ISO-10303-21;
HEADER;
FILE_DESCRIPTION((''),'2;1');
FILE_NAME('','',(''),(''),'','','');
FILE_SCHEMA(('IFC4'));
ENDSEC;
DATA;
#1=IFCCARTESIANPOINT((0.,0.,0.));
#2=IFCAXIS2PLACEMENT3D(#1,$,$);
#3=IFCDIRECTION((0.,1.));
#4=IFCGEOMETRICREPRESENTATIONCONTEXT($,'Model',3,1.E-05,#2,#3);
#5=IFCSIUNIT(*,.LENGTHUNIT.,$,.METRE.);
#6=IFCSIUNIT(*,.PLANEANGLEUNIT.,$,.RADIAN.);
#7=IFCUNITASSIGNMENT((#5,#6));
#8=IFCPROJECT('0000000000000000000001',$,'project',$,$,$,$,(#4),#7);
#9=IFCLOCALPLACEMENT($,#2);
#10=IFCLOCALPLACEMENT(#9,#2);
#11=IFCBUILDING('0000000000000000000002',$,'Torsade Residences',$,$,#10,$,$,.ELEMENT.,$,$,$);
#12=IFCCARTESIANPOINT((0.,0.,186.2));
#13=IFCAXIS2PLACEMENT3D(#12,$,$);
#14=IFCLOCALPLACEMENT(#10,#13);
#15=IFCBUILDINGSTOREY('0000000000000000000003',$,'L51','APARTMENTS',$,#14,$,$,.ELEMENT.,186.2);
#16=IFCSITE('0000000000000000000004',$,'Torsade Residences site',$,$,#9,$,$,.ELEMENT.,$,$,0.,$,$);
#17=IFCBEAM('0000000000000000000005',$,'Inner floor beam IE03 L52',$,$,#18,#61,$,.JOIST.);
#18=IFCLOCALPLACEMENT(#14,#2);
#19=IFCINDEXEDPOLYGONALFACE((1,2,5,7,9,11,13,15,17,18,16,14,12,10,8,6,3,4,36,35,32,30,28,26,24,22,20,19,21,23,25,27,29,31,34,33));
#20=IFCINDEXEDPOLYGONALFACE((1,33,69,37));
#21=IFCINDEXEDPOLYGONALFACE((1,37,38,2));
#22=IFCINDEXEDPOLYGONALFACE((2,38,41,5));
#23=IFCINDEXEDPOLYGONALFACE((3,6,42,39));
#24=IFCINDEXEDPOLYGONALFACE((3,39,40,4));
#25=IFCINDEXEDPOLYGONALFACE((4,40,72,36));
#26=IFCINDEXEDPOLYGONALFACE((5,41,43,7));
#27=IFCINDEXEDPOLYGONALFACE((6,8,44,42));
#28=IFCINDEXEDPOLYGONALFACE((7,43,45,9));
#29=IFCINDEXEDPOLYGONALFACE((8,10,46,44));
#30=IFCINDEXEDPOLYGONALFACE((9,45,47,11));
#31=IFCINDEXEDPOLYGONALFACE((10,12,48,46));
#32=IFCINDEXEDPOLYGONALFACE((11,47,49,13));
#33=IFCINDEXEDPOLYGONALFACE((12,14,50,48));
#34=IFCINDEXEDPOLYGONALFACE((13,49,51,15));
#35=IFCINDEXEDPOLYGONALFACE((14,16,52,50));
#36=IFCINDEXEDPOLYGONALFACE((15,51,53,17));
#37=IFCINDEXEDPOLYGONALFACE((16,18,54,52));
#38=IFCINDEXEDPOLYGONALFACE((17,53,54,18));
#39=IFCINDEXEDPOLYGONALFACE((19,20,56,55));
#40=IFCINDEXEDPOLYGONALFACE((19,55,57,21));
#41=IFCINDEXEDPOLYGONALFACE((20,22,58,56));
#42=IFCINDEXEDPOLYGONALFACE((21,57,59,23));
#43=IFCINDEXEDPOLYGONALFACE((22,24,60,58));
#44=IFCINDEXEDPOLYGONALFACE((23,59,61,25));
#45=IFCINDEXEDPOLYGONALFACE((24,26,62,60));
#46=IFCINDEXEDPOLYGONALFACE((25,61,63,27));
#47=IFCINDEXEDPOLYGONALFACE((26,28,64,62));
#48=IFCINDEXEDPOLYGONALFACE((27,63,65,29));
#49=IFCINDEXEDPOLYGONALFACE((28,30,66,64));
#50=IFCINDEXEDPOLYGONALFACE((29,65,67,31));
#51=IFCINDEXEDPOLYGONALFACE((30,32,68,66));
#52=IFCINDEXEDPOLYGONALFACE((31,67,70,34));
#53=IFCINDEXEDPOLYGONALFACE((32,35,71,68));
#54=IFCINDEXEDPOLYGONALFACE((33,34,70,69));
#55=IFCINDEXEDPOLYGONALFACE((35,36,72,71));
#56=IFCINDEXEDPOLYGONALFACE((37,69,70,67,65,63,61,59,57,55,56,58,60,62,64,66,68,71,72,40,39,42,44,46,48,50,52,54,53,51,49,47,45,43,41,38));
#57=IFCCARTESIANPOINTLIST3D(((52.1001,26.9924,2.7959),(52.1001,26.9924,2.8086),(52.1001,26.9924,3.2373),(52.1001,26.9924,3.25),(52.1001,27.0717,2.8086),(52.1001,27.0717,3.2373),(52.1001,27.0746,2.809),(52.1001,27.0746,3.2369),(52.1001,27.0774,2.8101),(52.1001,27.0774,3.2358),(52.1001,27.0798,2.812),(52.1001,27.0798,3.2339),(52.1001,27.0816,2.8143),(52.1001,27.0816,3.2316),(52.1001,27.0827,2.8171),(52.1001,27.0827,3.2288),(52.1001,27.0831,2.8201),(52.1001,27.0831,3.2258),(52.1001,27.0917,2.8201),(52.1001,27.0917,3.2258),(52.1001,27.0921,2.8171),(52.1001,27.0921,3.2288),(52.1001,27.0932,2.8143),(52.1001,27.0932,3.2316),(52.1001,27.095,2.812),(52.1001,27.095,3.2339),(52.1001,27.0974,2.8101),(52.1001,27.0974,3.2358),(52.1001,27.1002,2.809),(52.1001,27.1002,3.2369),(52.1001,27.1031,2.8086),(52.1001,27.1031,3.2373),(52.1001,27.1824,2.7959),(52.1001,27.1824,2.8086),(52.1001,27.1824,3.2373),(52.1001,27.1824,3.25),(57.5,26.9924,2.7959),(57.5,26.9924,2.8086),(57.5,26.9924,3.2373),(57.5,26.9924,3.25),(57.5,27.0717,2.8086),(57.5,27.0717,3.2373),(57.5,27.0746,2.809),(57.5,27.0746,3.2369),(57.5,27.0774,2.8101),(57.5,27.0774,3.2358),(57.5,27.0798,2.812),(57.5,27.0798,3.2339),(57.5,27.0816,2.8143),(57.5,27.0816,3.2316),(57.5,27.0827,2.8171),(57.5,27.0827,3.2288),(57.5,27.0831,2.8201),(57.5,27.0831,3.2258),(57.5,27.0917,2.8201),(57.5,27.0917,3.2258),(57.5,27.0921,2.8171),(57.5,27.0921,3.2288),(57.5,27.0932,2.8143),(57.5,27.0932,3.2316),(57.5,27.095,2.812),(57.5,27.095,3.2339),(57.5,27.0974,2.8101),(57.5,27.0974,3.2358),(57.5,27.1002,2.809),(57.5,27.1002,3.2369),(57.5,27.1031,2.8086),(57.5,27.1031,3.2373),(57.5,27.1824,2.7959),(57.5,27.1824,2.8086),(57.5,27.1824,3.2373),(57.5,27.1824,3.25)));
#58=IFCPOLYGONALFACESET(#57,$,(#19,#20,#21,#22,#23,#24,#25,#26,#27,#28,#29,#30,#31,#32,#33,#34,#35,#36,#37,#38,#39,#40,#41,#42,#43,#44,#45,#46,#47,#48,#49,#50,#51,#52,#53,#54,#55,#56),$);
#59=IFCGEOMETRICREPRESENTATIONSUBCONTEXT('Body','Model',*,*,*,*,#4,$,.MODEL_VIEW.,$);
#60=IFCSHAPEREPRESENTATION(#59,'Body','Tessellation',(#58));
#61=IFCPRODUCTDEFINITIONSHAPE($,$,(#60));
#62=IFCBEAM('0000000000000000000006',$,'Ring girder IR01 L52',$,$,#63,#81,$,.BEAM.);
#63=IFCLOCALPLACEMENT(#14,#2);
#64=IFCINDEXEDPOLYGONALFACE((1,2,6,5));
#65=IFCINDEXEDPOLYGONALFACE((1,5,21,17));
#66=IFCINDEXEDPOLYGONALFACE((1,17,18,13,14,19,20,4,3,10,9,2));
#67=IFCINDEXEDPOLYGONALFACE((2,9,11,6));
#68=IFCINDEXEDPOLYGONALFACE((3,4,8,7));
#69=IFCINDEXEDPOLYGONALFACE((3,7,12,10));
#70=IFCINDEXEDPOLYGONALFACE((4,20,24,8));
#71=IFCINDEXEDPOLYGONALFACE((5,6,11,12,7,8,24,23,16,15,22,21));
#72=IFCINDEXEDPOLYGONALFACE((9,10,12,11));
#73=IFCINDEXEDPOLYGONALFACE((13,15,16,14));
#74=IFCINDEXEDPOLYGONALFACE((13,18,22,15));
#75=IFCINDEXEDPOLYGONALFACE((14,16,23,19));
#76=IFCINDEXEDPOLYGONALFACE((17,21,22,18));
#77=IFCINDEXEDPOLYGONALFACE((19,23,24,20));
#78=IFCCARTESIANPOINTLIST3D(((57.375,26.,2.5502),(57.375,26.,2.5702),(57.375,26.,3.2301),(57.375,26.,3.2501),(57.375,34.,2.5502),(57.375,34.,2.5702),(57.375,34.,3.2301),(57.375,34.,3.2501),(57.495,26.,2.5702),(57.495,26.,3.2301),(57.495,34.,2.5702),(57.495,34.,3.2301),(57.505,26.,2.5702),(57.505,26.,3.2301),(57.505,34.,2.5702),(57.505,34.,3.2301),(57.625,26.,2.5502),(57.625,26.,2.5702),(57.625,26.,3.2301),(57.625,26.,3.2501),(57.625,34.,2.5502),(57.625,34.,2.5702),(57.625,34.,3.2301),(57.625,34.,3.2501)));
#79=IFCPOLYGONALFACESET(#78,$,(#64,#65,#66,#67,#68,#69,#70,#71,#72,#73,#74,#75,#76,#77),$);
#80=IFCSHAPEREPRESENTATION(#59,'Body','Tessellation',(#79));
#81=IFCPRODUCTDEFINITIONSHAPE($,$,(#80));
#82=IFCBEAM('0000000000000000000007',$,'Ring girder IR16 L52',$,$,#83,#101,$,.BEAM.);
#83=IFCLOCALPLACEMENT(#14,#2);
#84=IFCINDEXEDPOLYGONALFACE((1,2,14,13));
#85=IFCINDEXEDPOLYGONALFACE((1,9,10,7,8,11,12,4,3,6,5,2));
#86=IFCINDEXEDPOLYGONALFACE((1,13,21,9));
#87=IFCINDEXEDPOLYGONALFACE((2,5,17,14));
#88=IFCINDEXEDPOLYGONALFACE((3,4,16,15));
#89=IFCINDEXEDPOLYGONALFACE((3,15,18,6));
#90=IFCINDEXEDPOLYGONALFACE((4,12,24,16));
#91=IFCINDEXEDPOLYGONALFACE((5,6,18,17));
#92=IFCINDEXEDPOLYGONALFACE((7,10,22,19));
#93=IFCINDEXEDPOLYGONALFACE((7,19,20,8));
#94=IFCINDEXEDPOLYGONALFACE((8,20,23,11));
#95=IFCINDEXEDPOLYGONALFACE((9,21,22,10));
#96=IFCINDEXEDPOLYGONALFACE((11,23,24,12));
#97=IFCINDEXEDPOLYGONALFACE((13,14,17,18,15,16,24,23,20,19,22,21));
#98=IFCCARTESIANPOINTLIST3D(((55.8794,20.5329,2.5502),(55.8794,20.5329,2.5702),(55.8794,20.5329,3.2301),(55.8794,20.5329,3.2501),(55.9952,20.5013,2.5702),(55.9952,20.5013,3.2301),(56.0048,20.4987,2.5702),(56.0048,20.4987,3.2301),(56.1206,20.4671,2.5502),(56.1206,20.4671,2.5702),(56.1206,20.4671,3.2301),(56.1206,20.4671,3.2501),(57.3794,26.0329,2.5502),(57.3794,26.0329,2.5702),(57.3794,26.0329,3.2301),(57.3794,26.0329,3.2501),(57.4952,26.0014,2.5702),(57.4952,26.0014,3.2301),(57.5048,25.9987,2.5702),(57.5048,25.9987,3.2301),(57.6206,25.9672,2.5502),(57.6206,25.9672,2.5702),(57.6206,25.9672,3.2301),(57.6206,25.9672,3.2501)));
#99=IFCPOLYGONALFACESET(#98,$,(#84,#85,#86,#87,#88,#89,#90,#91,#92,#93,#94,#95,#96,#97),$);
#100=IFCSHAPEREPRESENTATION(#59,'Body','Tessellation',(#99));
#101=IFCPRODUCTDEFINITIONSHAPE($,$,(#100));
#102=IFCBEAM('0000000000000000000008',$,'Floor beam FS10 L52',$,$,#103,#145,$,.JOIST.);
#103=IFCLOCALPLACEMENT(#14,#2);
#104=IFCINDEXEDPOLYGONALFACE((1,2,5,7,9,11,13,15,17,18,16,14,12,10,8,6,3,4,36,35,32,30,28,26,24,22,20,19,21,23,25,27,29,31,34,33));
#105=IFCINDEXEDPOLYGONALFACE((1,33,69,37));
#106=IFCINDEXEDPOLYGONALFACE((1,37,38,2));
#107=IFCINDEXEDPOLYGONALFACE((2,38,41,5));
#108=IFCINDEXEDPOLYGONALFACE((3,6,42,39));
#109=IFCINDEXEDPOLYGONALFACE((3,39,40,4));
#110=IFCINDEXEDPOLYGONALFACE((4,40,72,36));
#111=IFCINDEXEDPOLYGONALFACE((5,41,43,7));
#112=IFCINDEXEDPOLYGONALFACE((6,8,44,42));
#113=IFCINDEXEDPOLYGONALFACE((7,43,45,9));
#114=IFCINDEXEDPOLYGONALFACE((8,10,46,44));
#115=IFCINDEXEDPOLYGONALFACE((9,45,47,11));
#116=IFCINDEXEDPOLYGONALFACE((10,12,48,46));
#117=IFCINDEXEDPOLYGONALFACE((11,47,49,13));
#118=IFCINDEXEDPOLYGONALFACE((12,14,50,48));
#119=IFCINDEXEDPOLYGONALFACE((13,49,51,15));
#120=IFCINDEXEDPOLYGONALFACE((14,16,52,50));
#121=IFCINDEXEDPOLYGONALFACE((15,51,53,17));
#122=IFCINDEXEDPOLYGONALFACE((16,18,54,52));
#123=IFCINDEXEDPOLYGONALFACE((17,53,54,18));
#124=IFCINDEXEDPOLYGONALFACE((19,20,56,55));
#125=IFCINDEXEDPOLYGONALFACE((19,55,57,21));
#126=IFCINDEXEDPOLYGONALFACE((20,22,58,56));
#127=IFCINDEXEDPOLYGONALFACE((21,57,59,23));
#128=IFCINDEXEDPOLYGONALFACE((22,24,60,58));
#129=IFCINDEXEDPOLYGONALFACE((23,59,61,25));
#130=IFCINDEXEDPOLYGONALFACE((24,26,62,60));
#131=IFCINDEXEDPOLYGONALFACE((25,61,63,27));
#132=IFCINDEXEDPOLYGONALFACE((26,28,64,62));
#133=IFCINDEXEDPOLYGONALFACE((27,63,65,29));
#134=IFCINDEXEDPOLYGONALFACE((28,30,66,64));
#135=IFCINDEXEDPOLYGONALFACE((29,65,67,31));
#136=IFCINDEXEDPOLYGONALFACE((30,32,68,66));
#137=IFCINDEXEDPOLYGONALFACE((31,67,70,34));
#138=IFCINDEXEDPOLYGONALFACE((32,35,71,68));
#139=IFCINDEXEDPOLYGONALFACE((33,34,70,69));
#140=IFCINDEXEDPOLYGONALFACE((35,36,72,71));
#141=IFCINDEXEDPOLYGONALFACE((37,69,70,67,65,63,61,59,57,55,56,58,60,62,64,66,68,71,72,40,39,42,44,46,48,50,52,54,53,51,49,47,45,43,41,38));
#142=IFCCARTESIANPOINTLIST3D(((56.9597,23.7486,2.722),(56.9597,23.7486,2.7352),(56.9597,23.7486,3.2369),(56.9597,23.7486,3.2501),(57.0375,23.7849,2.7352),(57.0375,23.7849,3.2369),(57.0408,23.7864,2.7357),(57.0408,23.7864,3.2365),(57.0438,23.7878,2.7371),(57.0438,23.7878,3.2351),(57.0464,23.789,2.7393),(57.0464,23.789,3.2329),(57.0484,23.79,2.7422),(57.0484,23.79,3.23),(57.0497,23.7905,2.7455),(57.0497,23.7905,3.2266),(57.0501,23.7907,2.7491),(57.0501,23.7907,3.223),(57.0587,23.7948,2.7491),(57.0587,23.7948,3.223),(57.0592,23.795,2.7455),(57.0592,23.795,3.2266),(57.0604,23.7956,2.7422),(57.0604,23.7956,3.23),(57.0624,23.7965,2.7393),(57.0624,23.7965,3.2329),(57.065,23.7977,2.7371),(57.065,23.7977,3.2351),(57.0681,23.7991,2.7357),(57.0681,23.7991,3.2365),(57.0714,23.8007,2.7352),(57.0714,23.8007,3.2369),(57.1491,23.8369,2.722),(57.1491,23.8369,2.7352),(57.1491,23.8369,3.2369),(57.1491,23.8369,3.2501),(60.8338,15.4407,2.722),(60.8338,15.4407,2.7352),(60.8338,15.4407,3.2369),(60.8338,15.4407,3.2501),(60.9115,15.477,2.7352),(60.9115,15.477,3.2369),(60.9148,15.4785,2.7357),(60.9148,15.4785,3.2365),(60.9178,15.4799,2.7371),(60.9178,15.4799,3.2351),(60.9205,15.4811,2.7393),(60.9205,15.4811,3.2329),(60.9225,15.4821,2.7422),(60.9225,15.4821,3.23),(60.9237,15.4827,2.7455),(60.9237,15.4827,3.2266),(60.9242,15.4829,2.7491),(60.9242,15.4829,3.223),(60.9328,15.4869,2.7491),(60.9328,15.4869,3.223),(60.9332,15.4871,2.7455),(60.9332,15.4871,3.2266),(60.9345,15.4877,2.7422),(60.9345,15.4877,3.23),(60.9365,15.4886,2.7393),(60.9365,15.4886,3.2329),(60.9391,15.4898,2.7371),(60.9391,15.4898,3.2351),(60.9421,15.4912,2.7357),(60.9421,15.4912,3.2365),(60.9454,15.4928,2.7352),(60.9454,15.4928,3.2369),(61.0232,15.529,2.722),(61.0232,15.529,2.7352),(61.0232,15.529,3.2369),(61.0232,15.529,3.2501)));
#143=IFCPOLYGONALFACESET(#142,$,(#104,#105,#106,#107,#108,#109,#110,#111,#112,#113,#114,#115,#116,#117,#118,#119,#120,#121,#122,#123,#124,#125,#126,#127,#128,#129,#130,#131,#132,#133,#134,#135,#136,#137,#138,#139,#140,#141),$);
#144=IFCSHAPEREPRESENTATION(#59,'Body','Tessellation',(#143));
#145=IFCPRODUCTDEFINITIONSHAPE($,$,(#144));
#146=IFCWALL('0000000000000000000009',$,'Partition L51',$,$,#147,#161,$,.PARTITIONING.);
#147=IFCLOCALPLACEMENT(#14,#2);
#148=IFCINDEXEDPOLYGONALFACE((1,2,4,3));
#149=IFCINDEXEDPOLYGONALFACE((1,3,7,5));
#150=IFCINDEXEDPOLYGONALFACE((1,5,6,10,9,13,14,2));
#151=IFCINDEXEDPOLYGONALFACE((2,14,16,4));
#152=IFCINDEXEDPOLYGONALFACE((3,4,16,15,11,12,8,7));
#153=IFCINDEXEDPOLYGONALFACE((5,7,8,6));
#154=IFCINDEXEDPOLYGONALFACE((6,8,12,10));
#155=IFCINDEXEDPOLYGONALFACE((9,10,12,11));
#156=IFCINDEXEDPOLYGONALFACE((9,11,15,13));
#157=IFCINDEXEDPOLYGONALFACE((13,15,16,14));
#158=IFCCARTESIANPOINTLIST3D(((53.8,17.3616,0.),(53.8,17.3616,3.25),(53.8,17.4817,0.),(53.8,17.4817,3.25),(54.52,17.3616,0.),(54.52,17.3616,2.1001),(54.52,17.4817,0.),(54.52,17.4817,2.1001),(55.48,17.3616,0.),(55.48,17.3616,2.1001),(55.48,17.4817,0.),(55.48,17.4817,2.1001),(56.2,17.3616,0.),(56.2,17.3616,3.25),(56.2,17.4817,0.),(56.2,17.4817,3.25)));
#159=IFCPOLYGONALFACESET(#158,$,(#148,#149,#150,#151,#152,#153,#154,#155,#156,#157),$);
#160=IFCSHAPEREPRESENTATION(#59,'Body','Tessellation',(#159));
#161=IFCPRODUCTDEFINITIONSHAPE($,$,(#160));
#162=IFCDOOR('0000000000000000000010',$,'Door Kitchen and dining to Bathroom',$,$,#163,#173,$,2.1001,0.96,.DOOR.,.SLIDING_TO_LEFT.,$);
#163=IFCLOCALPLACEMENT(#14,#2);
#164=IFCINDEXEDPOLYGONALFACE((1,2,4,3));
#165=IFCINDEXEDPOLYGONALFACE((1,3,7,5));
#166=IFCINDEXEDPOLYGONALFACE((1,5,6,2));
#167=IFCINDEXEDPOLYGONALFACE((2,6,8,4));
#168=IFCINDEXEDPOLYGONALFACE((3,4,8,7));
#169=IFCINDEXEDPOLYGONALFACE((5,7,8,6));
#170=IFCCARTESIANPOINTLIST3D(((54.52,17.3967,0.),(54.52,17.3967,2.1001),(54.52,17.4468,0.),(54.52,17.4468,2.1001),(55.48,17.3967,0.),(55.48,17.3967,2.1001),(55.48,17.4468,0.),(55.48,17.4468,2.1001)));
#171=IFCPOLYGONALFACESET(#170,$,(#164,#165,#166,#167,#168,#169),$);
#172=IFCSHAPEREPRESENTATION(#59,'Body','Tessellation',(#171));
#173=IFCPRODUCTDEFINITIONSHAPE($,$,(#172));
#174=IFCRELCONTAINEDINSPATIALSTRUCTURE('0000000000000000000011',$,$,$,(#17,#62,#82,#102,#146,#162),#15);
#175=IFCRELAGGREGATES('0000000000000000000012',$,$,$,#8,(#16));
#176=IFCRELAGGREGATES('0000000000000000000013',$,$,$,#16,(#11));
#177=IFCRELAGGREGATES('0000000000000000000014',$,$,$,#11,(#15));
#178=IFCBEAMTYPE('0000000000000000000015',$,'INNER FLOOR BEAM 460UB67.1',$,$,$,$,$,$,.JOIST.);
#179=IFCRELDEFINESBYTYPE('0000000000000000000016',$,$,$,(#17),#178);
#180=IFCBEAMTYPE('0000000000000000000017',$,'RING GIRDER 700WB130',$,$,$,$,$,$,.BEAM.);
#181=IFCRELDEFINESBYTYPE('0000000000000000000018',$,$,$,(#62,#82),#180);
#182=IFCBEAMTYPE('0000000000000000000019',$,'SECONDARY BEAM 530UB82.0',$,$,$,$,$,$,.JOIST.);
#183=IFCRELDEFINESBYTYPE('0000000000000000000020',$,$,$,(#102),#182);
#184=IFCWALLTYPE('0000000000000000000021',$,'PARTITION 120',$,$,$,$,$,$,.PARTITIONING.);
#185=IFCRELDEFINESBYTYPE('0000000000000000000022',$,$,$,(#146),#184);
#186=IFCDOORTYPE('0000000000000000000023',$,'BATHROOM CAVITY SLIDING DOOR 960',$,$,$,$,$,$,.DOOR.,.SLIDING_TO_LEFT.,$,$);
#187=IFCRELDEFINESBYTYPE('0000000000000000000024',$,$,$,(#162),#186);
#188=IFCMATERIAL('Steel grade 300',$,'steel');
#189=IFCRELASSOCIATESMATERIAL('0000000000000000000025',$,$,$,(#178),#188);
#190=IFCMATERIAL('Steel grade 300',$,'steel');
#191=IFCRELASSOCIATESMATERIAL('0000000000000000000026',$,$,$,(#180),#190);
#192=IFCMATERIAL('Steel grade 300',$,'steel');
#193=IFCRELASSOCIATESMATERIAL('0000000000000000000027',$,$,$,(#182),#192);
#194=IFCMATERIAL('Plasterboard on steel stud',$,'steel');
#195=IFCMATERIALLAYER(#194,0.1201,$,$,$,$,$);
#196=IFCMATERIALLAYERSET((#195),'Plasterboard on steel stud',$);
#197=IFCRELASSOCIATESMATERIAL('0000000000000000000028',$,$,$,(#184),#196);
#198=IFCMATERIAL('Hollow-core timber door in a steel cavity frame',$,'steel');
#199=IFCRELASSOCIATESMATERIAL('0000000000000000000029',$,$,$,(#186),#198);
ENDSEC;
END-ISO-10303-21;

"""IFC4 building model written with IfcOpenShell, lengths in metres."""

from ifc_helpers import new_model, si_unit, direction, frame, frame_2d, origin, origin_2d, place, context, subcontext, project, spatial, rectangle, i_section, extrude, material, layer, layer_set, material_profile, profile_set, type_object, element, fill, save


model = new_model("IFC4")

# Units and contexts
model_context = context("Model", 3, precision=1e-05, world=origin(), true_north=direction((0.0, 1.0)))
body_context = subcontext(model_context, "Body", "Model", "MODEL_VIEW")
ifc_project = project(units=[si_unit("LENGTHUNIT", "METRE"), si_unit("PLANEANGLEUNIT", "RADIAN")], contexts=[model_context])

# Site, building, storey
site_placement = place(None, origin())
site = spatial("IfcSite", under=ifc_project, at=site_placement, Name="Torsade Residences site", CompositionType="ELEMENT", RefElevation=0.0)
building_placement = place(site_placement, origin())
building = spatial("IfcBuilding", under=site, at=building_placement, Name="Torsade Residences", CompositionType="ELEMENT")
storey_placement = place(building_placement, frame((0.0, 0.0, 186.2)))
storey = spatial("IfcBuildingStorey", under=building, at=storey_placement, Name="L51", Description="APARTMENTS", CompositionType="ELEMENT", Elevation=186.2)

# Beams
ifc_material_1 = material(Name="Steel grade 300", Category="steel")
ifc_material_profile_1 = material_profile(ifc_material_1, i_section(OverallWidth=0.1899, OverallDepth=0.4541, WebThickness=0.0085, FlangeThickness=0.0127, FilletRadius=0.0115, at=origin_2d()), Name="460UB67.1")
ifc_profile_set_1 = profile_set([ifc_material_profile_1], Name="Steel grade 300")
beam_type_1 = type_object("IfcBeamType", Name="INNER FLOOR BEAM 460UB67.1", PredefinedType="JOIST", material=ifc_profile_set_1)
beam_1_placement = place(storey_placement, frame((52.1001, 27.0874, 3.0229), z_axis=(1.0, 0.0, 0.0), x_axis=(0.0, 1.0, 0.0)))
element("IfcBeam", 1, at=beam_1_placement, inside=storey, type_object=beam_type_1, Name="Inner floor beam IE03 L52", PredefinedType="JOIST", context=body_context, shape_type="SweptSolid", body=[
    extrude(i_section(OverallWidth=0.1899, OverallDepth=0.4541, WebThickness=0.0085, FlangeThickness=0.0127, FilletRadius=0.0115, at=origin_2d()), origin(), (0.0, 0.0, 1.0), 5.3999),
])
ifc_material_2 = material(Name="Steel grade 300", Category="steel")
ifc_material_profile_2 = material_profile(ifc_material_2, i_section(OverallWidth=0.25, OverallDepth=0.7, WebThickness=0.01, FlangeThickness=0.02, at=origin_2d()), Name="700WB130")
ifc_profile_set_2 = profile_set([ifc_material_profile_2], Name="Steel grade 300")
beam_type_2 = type_object("IfcBeamType", Name="RING GIRDER 700WB130", PredefinedType="BEAM", material=ifc_profile_set_2)
beam_2_placement = place(storey_placement, frame((57.5, 26.0, 2.9001), z_axis=(0.0, 1.0, 0.0), x_axis=(-1.0, 0.0, 0.0)))
element("IfcBeam", 2, at=beam_2_placement, inside=storey, type_object=beam_type_2, Name="Ring girder IR01 L52", PredefinedType="BEAM", context=body_context, shape_type="SweptSolid", body=[
    extrude(i_section(OverallWidth=0.25, OverallDepth=0.7, WebThickness=0.01, FlangeThickness=0.02, at=origin_2d()), origin(), (0.0, 0.0, 1.0), 8.0),
])
beam_3_placement = place(storey_placement, frame((56.0, 20.5, 2.9001), z_axis=(0.263117, 0.964764, 0.0), x_axis=(-0.964764, 0.263117, 0.0)))
element("IfcBeam", 3, at=beam_3_placement, inside=storey, type_object=beam_type_2, Name="Ring girder IR16 L52", PredefinedType="BEAM", context=body_context, shape_type="SweptSolid", body=[
    extrude(i_section(OverallWidth=0.25, OverallDepth=0.7, WebThickness=0.01, FlangeThickness=0.02, at=origin_2d()), origin(), (0.0, 0.0, 1.0), 5.7009),
])
ifc_material_3 = material(Name="Steel grade 300", Category="steel")
ifc_material_profile_3 = material_profile(ifc_material_3, i_section(OverallWidth=0.209, OverallDepth=0.5281, WebThickness=0.0095, FlangeThickness=0.0132, FilletRadius=0.0139, at=origin_2d()), Name="530UB82.0")
ifc_profile_set_3 = profile_set([ifc_material_profile_3], Name="Steel grade 300")
beam_type_3 = type_object("IfcBeamType", Name="SECONDARY BEAM 530UB82.0", PredefinedType="JOIST", material=ifc_profile_set_3)
beam_4_placement = place(storey_placement, frame((60.9285, 15.4849, 2.9861), z_axis=(-0.422619, 0.906308, 0.0), x_axis=(-0.906308, -0.422619, 0.0)))
element("IfcBeam", 4, at=beam_4_placement, inside=storey, type_object=beam_type_3, Name="Floor beam FS10 L52", PredefinedType="JOIST", context=body_context, shape_type="SweptSolid", body=[
    extrude(i_section(OverallWidth=0.209, OverallDepth=0.5281, WebThickness=0.0095, FlangeThickness=0.0132, FilletRadius=0.0139, at=origin_2d()), origin(), (0.0, 0.0, 1.0), 9.1667),
])

# Wall, opening, door
ifc_material_4 = material(Name="Plasterboard on steel stud", Category="steel")
ifc_layer = layer(ifc_material_4, 0.1201)
ifc_layer_set = layer_set([ifc_layer], Name="Plasterboard on steel stud")
wall_type = type_object("IfcWallType", Name="PARTITION 120", PredefinedType="PARTITIONING", material=ifc_layer_set)
wall_1_placement = place(storey_placement, frame((56.2, 17.4216, 0.0), z_axis=(0.0, 0.0, 1.0), x_axis=(-1.0, 0.0, 0.0)))
wall_1 = element("IfcWall", 5, at=wall_1_placement, inside=storey, type_object=wall_type, Name="Partition L51", PredefinedType="PARTITIONING", context=body_context, shape_type="SweptSolid", body=[
    extrude(rectangle(XDim=2.3999, YDim=0.1201, at=frame_2d((1.2, 0.0))), origin(), (0.0, 0.0, 1.0), 3.25),
])
opening_1_placement = place(wall_1_placement, frame((0.72, 0.0, 0.0)))
opening_1 = element("IfcOpeningElement", 6, at=opening_1_placement, cuts=wall_1, PredefinedType="OPENING", context=body_context, shape_type="SweptSolid", body=[
    extrude(rectangle(XDim=0.96, YDim=2.1001, at=frame_2d((0.48, 1.05))), frame((0.0, 0.0701, 0.0), z_axis=(0.0, -1.0, 0.0), x_axis=(1.0, 0.0, 0.0)), (0.0, 0.0, 1.0), 0.1401),
])
ifc_material_5 = material(Name="Hollow-core timber door in a steel cavity frame", Category="steel")
door_type = type_object("IfcDoorType", Name="BATHROOM CAVITY SLIDING DOOR 960", OperationType="SLIDING_TO_LEFT", PredefinedType="DOOR", material=ifc_material_5)
door_1_placement = place(opening_1_placement, origin())
door_1 = element("IfcDoor", 7, at=door_1_placement, inside=storey, type_object=door_type, Name="Door Kitchen and dining to Bathroom", OperationType="SLIDING_TO_LEFT", OverallHeight=2.1001, OverallWidth=0.96, PredefinedType="DOOR", context=body_context, shape_type="SweptSolid", body=[
    extrude(rectangle(XDim=0.96, YDim=2.1001, at=frame_2d((0.48, 1.05))), frame((0.0, 0.0249, 0.0), z_axis=(0.0, -1.0, 0.0), x_axis=(1.0, 0.0, 0.0)), (0.0, 0.0, 1.0), 0.05),
])
fill(opening_1, door_1)

save(model, "model.ifc")
